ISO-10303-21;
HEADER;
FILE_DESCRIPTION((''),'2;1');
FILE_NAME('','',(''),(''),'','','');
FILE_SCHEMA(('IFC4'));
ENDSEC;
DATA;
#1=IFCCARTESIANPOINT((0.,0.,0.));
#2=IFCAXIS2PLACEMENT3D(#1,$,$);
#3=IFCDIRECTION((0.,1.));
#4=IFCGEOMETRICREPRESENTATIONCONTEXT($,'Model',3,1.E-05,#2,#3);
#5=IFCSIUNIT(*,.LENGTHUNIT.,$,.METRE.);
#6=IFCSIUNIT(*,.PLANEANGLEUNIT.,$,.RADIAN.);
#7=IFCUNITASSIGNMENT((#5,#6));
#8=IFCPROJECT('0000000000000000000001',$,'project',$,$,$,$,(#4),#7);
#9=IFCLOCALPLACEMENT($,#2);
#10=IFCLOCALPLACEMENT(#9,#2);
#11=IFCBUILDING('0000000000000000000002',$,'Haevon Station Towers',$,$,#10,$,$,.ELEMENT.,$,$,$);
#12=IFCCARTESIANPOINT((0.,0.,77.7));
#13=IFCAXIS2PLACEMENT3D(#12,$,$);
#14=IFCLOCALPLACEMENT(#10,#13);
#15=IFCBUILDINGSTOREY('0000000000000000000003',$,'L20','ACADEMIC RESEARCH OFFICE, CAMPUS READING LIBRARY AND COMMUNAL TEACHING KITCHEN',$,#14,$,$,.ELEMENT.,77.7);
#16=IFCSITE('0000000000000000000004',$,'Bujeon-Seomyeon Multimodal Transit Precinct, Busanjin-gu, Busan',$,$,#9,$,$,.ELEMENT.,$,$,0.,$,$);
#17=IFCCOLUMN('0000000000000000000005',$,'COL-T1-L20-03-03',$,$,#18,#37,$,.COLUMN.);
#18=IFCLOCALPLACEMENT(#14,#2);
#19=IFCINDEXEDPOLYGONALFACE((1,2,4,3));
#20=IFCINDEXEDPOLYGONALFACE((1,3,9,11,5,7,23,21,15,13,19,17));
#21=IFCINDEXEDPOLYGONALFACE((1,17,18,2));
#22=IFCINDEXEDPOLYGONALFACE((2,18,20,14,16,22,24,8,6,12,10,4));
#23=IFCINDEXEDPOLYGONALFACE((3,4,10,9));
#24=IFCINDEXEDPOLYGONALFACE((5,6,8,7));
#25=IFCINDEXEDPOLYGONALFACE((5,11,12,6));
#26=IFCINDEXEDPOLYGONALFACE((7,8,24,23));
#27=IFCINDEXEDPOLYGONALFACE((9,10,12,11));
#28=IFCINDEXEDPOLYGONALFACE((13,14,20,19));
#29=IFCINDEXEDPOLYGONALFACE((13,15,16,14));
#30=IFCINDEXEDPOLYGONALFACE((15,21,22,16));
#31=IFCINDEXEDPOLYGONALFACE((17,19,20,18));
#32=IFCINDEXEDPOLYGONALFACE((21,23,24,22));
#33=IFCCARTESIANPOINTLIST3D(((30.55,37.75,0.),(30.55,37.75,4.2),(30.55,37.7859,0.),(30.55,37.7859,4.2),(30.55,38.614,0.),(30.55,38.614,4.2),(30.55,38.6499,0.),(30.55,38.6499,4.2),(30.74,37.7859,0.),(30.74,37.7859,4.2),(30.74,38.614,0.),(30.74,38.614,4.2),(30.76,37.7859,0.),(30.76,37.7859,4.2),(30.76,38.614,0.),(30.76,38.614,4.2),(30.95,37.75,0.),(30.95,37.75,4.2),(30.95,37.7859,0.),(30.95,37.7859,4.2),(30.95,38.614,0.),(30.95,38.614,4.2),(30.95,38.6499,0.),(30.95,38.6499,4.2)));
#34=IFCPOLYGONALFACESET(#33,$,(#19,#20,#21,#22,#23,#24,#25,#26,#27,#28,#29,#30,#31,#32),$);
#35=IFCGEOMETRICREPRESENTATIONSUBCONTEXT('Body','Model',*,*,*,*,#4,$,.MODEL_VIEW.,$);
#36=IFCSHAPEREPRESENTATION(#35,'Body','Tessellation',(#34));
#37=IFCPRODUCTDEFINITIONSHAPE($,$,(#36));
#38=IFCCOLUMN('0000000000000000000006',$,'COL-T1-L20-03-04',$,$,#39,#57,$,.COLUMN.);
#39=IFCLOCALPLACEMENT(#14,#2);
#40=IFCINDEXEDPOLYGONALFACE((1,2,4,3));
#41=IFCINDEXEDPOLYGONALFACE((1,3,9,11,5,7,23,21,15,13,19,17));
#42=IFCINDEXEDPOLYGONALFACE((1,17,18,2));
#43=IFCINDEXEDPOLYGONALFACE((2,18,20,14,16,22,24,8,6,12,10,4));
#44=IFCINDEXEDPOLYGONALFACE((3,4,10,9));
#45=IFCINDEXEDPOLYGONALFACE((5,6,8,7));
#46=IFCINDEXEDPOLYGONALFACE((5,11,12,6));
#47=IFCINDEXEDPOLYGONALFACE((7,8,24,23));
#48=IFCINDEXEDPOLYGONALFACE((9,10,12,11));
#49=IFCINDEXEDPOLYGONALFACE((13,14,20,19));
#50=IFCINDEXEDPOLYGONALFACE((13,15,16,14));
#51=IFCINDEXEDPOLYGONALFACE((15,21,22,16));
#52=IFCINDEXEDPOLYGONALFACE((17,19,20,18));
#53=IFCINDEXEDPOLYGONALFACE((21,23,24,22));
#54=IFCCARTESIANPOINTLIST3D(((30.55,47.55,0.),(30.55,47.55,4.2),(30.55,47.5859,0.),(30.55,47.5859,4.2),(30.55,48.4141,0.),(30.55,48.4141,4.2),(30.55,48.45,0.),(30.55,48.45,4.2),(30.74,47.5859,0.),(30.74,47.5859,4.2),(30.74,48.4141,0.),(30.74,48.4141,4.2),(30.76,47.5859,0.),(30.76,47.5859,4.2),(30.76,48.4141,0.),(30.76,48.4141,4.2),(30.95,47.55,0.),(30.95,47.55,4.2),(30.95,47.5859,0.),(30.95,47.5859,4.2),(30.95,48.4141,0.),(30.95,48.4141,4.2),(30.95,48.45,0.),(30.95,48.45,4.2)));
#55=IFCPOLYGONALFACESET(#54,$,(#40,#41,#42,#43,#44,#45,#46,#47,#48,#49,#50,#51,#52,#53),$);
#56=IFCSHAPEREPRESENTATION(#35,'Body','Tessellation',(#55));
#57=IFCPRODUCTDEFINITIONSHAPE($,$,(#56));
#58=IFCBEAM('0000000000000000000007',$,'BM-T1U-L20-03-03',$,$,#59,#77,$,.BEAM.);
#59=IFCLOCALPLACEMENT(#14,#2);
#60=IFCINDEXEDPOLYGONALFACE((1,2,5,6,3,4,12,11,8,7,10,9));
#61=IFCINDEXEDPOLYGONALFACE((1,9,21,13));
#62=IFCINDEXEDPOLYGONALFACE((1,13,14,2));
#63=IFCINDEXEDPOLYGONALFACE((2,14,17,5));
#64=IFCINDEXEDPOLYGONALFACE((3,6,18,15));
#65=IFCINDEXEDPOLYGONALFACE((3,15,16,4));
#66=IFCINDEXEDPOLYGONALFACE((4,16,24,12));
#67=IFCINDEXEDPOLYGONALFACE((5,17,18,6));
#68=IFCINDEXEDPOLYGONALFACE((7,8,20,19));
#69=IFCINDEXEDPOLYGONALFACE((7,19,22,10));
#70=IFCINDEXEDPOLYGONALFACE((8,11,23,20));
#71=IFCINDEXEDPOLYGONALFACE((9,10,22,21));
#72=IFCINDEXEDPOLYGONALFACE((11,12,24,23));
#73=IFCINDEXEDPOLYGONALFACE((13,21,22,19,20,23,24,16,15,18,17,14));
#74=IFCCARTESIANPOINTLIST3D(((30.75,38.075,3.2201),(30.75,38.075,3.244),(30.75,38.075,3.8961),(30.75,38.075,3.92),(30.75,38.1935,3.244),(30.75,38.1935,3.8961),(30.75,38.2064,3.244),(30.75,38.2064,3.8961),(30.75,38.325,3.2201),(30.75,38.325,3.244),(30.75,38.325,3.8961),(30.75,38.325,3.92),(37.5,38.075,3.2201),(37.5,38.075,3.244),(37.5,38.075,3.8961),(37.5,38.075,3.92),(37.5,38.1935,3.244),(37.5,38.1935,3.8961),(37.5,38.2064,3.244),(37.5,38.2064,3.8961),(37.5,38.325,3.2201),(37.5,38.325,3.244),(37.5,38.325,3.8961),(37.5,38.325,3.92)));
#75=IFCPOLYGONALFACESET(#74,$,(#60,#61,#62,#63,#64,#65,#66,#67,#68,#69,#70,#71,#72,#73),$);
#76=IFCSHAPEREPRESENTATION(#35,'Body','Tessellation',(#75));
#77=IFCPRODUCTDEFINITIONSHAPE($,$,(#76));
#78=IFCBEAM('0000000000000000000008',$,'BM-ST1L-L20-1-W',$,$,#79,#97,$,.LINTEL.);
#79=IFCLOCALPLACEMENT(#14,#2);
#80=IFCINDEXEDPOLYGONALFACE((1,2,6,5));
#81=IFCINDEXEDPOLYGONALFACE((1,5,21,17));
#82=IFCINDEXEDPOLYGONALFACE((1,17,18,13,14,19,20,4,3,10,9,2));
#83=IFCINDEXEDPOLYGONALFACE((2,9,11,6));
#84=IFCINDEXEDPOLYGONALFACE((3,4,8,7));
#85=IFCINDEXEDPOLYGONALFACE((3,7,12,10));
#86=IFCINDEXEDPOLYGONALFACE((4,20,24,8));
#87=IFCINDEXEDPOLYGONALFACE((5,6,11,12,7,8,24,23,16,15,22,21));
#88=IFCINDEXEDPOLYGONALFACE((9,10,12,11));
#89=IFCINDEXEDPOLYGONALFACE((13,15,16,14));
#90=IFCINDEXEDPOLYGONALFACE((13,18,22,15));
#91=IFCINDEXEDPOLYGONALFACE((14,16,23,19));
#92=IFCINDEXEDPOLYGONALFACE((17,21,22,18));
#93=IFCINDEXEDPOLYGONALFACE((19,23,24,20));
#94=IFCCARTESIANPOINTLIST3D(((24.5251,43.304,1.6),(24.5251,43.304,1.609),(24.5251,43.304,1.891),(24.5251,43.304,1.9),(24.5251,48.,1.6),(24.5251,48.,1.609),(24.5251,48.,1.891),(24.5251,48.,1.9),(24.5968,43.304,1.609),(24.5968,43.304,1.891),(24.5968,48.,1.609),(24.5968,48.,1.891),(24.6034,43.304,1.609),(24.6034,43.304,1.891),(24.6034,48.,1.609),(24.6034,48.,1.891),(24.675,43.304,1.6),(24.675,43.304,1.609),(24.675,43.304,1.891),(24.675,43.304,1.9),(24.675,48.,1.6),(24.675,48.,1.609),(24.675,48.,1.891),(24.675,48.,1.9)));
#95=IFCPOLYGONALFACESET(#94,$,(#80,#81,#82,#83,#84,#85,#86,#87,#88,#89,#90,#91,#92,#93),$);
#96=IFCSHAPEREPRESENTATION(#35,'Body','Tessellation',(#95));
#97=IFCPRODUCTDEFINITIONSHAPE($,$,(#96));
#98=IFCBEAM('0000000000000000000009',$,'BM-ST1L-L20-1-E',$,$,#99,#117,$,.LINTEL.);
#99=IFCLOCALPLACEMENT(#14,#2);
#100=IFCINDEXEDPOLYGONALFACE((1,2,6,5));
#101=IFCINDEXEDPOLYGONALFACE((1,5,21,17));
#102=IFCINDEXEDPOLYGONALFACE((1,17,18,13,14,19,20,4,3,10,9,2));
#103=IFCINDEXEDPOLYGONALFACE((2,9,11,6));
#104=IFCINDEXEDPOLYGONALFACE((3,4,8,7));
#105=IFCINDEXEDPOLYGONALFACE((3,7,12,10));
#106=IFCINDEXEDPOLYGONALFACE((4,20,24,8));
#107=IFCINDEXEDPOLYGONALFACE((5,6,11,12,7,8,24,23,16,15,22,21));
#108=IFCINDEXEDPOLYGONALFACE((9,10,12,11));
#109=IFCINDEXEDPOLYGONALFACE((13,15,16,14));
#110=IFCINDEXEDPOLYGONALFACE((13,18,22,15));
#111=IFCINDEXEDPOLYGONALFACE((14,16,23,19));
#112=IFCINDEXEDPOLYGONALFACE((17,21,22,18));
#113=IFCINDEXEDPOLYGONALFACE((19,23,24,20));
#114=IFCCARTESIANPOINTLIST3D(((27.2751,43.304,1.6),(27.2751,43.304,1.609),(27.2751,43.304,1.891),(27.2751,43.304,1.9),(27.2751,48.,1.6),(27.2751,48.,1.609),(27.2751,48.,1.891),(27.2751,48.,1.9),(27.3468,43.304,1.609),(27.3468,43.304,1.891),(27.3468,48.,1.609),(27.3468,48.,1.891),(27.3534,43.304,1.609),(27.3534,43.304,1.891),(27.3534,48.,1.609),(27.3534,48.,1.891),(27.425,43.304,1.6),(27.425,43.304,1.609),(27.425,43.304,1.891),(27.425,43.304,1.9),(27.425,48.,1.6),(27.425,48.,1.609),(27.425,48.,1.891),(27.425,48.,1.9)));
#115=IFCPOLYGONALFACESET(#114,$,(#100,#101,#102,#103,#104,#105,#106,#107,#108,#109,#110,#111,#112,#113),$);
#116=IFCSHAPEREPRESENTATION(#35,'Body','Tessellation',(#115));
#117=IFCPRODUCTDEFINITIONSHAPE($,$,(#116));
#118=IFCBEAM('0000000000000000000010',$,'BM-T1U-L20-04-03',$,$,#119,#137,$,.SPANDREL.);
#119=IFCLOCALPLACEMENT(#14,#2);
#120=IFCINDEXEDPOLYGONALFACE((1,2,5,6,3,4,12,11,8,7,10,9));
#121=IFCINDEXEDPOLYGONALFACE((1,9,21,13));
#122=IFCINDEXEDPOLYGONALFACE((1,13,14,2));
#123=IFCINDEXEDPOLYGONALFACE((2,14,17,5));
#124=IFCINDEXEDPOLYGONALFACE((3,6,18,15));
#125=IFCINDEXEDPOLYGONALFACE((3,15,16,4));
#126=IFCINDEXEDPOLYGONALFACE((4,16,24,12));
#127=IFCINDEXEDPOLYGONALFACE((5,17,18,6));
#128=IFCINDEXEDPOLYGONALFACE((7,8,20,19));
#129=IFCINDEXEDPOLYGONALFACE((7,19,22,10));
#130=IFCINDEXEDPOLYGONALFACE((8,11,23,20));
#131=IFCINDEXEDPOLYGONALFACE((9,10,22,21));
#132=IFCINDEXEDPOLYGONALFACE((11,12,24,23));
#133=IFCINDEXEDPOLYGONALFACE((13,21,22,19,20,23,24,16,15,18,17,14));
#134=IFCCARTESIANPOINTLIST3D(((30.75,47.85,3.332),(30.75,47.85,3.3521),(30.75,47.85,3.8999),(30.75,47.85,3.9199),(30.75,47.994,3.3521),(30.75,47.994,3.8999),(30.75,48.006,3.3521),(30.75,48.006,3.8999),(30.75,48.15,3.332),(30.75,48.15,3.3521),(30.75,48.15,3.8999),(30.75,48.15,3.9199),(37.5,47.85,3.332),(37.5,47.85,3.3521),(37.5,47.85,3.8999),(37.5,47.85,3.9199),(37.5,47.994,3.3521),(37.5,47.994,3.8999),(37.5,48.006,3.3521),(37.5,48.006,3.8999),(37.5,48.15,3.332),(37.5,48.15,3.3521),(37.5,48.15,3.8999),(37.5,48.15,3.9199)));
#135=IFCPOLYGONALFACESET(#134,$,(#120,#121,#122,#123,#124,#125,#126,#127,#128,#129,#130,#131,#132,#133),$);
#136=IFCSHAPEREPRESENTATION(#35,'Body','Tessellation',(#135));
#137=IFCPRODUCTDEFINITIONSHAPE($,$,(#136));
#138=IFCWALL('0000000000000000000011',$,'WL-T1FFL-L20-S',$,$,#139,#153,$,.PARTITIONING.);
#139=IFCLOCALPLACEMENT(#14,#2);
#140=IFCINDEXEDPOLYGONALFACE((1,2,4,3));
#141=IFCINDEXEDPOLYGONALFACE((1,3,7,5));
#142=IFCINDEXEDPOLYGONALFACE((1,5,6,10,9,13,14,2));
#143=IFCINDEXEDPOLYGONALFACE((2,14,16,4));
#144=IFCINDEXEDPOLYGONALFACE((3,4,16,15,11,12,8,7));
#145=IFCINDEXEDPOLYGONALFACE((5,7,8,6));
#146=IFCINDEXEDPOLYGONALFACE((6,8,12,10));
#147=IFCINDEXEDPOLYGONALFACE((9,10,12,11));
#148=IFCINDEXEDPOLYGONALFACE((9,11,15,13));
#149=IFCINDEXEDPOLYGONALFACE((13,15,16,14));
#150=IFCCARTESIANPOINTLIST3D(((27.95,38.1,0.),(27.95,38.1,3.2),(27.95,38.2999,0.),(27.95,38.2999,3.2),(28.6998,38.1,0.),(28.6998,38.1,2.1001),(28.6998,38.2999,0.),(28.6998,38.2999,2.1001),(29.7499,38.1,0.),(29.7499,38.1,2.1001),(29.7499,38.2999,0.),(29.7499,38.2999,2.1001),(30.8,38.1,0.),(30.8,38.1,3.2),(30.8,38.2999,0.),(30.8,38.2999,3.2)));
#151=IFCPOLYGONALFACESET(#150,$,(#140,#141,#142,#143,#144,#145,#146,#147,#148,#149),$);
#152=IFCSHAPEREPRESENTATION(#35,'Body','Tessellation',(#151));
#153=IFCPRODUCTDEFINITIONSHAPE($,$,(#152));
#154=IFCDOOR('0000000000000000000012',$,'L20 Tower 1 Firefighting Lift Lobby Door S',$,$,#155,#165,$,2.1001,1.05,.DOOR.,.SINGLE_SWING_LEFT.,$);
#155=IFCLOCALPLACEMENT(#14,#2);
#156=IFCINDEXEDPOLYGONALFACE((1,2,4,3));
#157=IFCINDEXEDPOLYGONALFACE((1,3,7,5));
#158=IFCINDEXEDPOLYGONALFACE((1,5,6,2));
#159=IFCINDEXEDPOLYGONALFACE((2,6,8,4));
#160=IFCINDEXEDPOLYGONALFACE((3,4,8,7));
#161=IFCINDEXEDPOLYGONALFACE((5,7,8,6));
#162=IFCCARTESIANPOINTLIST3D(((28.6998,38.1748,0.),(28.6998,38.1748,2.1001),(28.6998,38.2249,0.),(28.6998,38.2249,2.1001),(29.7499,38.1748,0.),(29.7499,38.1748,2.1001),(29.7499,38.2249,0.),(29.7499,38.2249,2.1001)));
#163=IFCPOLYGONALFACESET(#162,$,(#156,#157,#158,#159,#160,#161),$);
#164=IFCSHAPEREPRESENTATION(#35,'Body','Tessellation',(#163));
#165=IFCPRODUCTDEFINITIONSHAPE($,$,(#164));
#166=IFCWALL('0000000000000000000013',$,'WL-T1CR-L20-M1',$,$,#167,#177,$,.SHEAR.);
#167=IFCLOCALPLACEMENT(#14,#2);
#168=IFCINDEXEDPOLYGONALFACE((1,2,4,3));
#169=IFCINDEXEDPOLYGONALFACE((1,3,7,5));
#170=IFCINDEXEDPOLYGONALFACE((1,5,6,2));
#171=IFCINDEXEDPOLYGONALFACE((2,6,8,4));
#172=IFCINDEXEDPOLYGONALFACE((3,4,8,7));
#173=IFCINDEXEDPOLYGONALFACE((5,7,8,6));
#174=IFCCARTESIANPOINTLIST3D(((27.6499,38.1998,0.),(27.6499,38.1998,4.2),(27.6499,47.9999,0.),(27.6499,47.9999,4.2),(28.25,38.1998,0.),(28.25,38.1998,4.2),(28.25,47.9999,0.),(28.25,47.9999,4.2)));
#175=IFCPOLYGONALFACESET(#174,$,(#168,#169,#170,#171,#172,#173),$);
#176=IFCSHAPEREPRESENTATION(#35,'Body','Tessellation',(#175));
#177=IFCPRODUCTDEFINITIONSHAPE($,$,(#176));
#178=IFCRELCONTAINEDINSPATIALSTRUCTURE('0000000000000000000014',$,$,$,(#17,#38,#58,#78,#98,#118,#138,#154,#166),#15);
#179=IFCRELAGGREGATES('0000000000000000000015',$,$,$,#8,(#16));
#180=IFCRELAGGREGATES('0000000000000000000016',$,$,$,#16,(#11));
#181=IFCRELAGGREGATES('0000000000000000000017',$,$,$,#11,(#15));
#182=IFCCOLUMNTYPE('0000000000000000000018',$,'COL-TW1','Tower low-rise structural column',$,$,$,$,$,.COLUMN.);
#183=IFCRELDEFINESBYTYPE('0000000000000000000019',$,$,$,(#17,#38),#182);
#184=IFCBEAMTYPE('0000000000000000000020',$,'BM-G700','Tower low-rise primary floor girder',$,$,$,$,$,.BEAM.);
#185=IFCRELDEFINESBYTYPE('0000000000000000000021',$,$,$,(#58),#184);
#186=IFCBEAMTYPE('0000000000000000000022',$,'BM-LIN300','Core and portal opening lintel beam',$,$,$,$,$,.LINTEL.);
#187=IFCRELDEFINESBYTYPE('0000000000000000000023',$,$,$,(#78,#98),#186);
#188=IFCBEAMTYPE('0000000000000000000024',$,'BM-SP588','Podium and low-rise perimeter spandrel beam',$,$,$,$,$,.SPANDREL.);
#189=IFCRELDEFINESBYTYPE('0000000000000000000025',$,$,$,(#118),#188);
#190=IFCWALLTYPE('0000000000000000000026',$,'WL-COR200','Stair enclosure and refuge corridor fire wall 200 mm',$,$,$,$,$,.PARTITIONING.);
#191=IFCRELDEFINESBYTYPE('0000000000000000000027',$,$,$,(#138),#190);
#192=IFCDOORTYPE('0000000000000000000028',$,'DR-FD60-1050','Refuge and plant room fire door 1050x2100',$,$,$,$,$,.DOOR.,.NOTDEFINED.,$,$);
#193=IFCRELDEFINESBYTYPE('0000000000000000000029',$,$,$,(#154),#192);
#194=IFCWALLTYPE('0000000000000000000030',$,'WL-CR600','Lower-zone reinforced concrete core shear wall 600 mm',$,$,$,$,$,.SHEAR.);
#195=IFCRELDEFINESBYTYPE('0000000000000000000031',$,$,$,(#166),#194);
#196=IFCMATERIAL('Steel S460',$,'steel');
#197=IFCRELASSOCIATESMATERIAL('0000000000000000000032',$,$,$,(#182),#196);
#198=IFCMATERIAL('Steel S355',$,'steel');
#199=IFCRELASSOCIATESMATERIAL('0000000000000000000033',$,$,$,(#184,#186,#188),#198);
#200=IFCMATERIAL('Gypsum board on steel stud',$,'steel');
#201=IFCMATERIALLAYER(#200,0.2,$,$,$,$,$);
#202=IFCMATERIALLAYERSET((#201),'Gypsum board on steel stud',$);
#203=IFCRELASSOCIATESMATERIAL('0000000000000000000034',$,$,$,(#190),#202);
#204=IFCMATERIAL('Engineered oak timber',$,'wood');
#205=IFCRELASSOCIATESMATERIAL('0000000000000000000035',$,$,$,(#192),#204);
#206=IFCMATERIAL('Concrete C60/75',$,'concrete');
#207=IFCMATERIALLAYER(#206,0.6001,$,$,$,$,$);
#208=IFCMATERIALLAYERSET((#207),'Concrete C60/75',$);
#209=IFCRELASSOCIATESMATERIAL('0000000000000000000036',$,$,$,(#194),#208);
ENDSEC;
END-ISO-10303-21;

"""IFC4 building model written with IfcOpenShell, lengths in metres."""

from ifc_helpers import new_model, si_unit, direction, frame, frame_2d, origin, origin_2d, place, context, subcontext, project, spatial, rectangle, i_section, extrude, material, layer, layer_set, material_profile, profile_set, type_object, element, fill, save


model = new_model("IFC4")

# Units and contexts
model_context = context("Model", 3, precision=1e-05, world=origin(), true_north=direction((0.0, 1.0)))
body_context = subcontext(model_context, "Body", "Model", "MODEL_VIEW")
ifc_project = project(units=[si_unit("LENGTHUNIT", "METRE"), si_unit("PLANEANGLEUNIT", "RADIAN")], contexts=[model_context])

# Site, building, storey
site_placement = place(None, origin())
site = spatial("IfcSite", under=ifc_project, at=site_placement, Name="Bujeon-Seomyeon Multimodal Transit Precinct, Busanjin-gu, Busan", CompositionType="ELEMENT", RefElevation=0.0)
building_placement = place(site_placement, origin())
building = spatial("IfcBuilding", under=site, at=building_placement, Name="Haevon Station Towers", CompositionType="ELEMENT")
storey_placement = place(building_placement, frame((0.0, 0.0, 77.7)))
storey = spatial("IfcBuildingStorey", under=building, at=storey_placement, Name="L20", Description="ACADEMIC RESEARCH OFFICE, CAMPUS READING LIBRARY AND COMMUNAL TEACHING KITCHEN", CompositionType="ELEMENT", Elevation=77.7)

# Columns
ifc_material_1 = material(Name="Steel S460", Category="steel")
ifc_material_profile_1 = material_profile(ifc_material_1, i_section(OverallWidth=0.3999, OverallDepth=0.8999, WebThickness=0.02, FlangeThickness=0.0359, at=origin_2d()), Name="H-900x400x20x36")
ifc_profile_set_1 = profile_set([ifc_material_profile_1], Name="Steel S460")
column_type = type_object("IfcColumnType", Name="COL-TW1", Description="Tower low-rise structural column", PredefinedType="COLUMN", material=ifc_profile_set_1)
for number, where, z_axis, x_axis, name in (
    (1, (30.75, 38.2, 0.0), (0.0, 0.0, 1.0), (1.0, 0.0, 0.0), "COL-T1-L20-03-03"),
    (2, (30.75, 48.0, 0.0), (0.0, 0.0, 1.0), (1.0, 0.0, 0.0), "COL-T1-L20-03-04"),
):
    element("IfcColumn", number, at=place(storey_placement, frame(where, z_axis=z_axis, x_axis=x_axis)), inside=storey, type_object=column_type, Name=name, PredefinedType="COLUMN", context=body_context, shape_type="SweptSolid", body=[
        extrude(i_section(OverallWidth=0.3999, OverallDepth=0.8999, WebThickness=0.02, FlangeThickness=0.0359, at=origin_2d()), origin(), (0.0, 0.0, 1.0), 4.2),
    ])

# Beams
ifc_material_2 = material(Name="Steel S355", Category="steel")
ifc_material_profile_2 = material_profile(ifc_material_2, i_section(OverallWidth=0.25, OverallDepth=0.7, WebThickness=0.0129, FlangeThickness=0.0239, at=origin_2d()), Name="H-700x250x13x24")
ifc_profile_set_2 = profile_set([ifc_material_profile_2], Name="Steel S355")
beam_type_1 = type_object("IfcBeamType", Name="BM-G700", Description="Tower low-rise primary floor girder", PredefinedType="BEAM", material=ifc_profile_set_2)
beam_1_placement = place(storey_placement, frame((30.75, 38.2, 3.5701), z_axis=(1.0, 0.0, 0.0), x_axis=(0.0, 1.0, 0.0)))
element("IfcBeam", 3, at=beam_1_placement, inside=storey, type_object=beam_type_1, Name="BM-T1U-L20-03-03", PredefinedType="BEAM", context=body_context, shape_type="SweptSolid", body=[
    extrude(i_section(OverallWidth=0.25, OverallDepth=0.7, WebThickness=0.0129, FlangeThickness=0.0239, at=origin_2d()), origin(), (0.0, 0.0, 1.0), 6.75),
])
ifc_material_profile_3 = material_profile(ifc_material_2, i_section(OverallWidth=0.1499, OverallDepth=0.3, WebThickness=0.0066, FlangeThickness=0.009, at=origin_2d()), Name="H-300x150x6.5x9")
ifc_profile_set_3 = profile_set([ifc_material_profile_3], Name="Steel S355")
beam_type_2 = type_object("IfcBeamType", Name="BM-LIN300", Description="Core and portal opening lintel beam", PredefinedType="LINTEL", material=ifc_profile_set_3)
for number, where, z_axis, x_axis, name in (
    (4, (24.6001, 43.304, 1.75), (0.0, 1.0, 0.0), (-1.0, 0.0, 0.0), "BM-ST1L-L20-1-W"),
    (5, (27.3501, 43.304, 1.75), (0.0, 1.0, 0.0), (-1.0, 0.0, 0.0), "BM-ST1L-L20-1-E"),
):
    element("IfcBeam", number, at=place(storey_placement, frame(where, z_axis=z_axis, x_axis=x_axis)), inside=storey, type_object=beam_type_2, Name=name, PredefinedType="LINTEL", context=body_context, shape_type="SweptSolid", body=[
        extrude(i_section(OverallWidth=0.1499, OverallDepth=0.3, WebThickness=0.0066, FlangeThickness=0.009, at=origin_2d()), origin(), (0.0, 0.0, 1.0), 4.696),
    ])
ifc_material_profile_4 = material_profile(ifc_material_2, i_section(OverallWidth=0.3, OverallDepth=0.5879, WebThickness=0.012, FlangeThickness=0.02, at=origin_2d()), Name="H-588x300x12x20")
ifc_profile_set_4 = profile_set([ifc_material_profile_4], Name="Steel S355")
beam_type_3 = type_object("IfcBeamType", Name="BM-SP588", Description="Podium and low-rise perimeter spandrel beam", PredefinedType="SPANDREL", material=ifc_profile_set_4)
beam_2_placement = place(storey_placement, frame((30.75, 48.0, 3.626), z_axis=(1.0, 0.0, 0.0), x_axis=(0.0, 1.0, 0.0)))
element("IfcBeam", 6, at=beam_2_placement, inside=storey, type_object=beam_type_3, Name="BM-T1U-L20-04-03", PredefinedType="SPANDREL", context=body_context, shape_type="SweptSolid", body=[
    extrude(i_section(OverallWidth=0.3, OverallDepth=0.5879, WebThickness=0.012, FlangeThickness=0.02, at=origin_2d()), origin(), (0.0, 0.0, 1.0), 6.75),
])

# Wall, opening, door
ifc_material_3 = material(Name="Gypsum board on steel stud", Category="steel")
ifc_layer_1 = layer(ifc_material_3, 0.2)
ifc_layer_set_1 = layer_set([ifc_layer_1], Name="Gypsum board on steel stud")
wall_type_1 = type_object("IfcWallType", Name="WL-COR200", Description="Stair enclosure and refuge corridor fire wall 200 mm", PredefinedType="PARTITIONING", material=ifc_layer_set_1)
wall_1_placement = place(storey_placement, frame((27.95, 38.2, 0.0), z_axis=(0.0, 0.0, 1.0), x_axis=(1.0, 0.0, 0.0)))
wall_1 = element("IfcWall", 7, at=wall_1_placement, inside=storey, type_object=wall_type_1, Name="WL-T1FFL-L20-S", PredefinedType="PARTITIONING", context=body_context, shape_type="SweptSolid", body=[
    extrude(rectangle(XDim=2.8501, YDim=0.2, at=frame_2d((1.425, 0.0))), origin(), (0.0, 0.0, 1.0), 3.2),
])
opening_1_placement = place(wall_1_placement, frame((0.75, 0.0, 0.0)))
opening_1 = element("IfcOpeningElement", 8, at=opening_1_placement, cuts=wall_1, PredefinedType="OPENING", context=body_context, shape_type="SweptSolid", body=[
    extrude(rectangle(XDim=1.05, YDim=2.1001, at=frame_2d((0.5249, 1.05))), frame((0.0, 0.1099, 0.0), z_axis=(0.0, -1.0, 0.0), x_axis=(1.0, 0.0, 0.0)), (0.0, 0.0, 1.0), 0.22),
])
ifc_material_4 = material(Name="Engineered oak timber", Category="wood")
door_type_1 = type_object("IfcDoorType", Name="DR-FD60-1050", Description="Refuge and plant room fire door 1050x2100", OperationType="NOTDEFINED", PredefinedType="DOOR", material=ifc_material_4)
door_1_placement = place(opening_1_placement, origin())
door_1 = element("IfcDoor", 9, at=door_1_placement, inside=storey, type_object=door_type_1, Name="L20 Tower 1 Firefighting Lift Lobby Door S", OperationType="SINGLE_SWING_LEFT", OverallHeight=2.1001, OverallWidth=1.05, PredefinedType="DOOR", context=body_context, shape_type="SweptSolid", body=[
    extrude(rectangle(XDim=1.05, YDim=2.1001, at=frame_2d((0.5249, 1.05))), frame((0.0, 0.0249, 0.0), z_axis=(0.0, -1.0, 0.0), x_axis=(1.0, 0.0, 0.0)), (0.0, 0.0, 1.0), 0.05),
])
fill(opening_1, door_1)

# Wall
ifc_material_5 = material(Name="Concrete C60/75", Category="concrete")
ifc_layer_2 = layer(ifc_material_5, 0.6001)
ifc_layer_set_2 = layer_set([ifc_layer_2], Name="Concrete C60/75")
wall_type_2 = type_object("IfcWallType", Name="WL-CR600", Description="Lower-zone reinforced concrete core shear wall 600 mm", PredefinedType="SHEAR", material=ifc_layer_set_2)
wall_2_placement = place(storey_placement, frame((27.95, 38.2, 0.0), z_axis=(0.0, 0.0, 1.0), x_axis=(0.0, 1.0, 0.0)))
element("IfcWall", 10, at=wall_2_placement, inside=storey, type_object=wall_type_2, Name="WL-T1CR-L20-M1", PredefinedType="SHEAR", context=body_context, shape_type="SweptSolid", body=[
    extrude(rectangle(XDim=9.8, YDim=0.6001, at=frame_2d((4.8999, 0.0))), origin(), (0.0, 0.0, 1.0), 4.2),
])

save(model, "model.ifc")
